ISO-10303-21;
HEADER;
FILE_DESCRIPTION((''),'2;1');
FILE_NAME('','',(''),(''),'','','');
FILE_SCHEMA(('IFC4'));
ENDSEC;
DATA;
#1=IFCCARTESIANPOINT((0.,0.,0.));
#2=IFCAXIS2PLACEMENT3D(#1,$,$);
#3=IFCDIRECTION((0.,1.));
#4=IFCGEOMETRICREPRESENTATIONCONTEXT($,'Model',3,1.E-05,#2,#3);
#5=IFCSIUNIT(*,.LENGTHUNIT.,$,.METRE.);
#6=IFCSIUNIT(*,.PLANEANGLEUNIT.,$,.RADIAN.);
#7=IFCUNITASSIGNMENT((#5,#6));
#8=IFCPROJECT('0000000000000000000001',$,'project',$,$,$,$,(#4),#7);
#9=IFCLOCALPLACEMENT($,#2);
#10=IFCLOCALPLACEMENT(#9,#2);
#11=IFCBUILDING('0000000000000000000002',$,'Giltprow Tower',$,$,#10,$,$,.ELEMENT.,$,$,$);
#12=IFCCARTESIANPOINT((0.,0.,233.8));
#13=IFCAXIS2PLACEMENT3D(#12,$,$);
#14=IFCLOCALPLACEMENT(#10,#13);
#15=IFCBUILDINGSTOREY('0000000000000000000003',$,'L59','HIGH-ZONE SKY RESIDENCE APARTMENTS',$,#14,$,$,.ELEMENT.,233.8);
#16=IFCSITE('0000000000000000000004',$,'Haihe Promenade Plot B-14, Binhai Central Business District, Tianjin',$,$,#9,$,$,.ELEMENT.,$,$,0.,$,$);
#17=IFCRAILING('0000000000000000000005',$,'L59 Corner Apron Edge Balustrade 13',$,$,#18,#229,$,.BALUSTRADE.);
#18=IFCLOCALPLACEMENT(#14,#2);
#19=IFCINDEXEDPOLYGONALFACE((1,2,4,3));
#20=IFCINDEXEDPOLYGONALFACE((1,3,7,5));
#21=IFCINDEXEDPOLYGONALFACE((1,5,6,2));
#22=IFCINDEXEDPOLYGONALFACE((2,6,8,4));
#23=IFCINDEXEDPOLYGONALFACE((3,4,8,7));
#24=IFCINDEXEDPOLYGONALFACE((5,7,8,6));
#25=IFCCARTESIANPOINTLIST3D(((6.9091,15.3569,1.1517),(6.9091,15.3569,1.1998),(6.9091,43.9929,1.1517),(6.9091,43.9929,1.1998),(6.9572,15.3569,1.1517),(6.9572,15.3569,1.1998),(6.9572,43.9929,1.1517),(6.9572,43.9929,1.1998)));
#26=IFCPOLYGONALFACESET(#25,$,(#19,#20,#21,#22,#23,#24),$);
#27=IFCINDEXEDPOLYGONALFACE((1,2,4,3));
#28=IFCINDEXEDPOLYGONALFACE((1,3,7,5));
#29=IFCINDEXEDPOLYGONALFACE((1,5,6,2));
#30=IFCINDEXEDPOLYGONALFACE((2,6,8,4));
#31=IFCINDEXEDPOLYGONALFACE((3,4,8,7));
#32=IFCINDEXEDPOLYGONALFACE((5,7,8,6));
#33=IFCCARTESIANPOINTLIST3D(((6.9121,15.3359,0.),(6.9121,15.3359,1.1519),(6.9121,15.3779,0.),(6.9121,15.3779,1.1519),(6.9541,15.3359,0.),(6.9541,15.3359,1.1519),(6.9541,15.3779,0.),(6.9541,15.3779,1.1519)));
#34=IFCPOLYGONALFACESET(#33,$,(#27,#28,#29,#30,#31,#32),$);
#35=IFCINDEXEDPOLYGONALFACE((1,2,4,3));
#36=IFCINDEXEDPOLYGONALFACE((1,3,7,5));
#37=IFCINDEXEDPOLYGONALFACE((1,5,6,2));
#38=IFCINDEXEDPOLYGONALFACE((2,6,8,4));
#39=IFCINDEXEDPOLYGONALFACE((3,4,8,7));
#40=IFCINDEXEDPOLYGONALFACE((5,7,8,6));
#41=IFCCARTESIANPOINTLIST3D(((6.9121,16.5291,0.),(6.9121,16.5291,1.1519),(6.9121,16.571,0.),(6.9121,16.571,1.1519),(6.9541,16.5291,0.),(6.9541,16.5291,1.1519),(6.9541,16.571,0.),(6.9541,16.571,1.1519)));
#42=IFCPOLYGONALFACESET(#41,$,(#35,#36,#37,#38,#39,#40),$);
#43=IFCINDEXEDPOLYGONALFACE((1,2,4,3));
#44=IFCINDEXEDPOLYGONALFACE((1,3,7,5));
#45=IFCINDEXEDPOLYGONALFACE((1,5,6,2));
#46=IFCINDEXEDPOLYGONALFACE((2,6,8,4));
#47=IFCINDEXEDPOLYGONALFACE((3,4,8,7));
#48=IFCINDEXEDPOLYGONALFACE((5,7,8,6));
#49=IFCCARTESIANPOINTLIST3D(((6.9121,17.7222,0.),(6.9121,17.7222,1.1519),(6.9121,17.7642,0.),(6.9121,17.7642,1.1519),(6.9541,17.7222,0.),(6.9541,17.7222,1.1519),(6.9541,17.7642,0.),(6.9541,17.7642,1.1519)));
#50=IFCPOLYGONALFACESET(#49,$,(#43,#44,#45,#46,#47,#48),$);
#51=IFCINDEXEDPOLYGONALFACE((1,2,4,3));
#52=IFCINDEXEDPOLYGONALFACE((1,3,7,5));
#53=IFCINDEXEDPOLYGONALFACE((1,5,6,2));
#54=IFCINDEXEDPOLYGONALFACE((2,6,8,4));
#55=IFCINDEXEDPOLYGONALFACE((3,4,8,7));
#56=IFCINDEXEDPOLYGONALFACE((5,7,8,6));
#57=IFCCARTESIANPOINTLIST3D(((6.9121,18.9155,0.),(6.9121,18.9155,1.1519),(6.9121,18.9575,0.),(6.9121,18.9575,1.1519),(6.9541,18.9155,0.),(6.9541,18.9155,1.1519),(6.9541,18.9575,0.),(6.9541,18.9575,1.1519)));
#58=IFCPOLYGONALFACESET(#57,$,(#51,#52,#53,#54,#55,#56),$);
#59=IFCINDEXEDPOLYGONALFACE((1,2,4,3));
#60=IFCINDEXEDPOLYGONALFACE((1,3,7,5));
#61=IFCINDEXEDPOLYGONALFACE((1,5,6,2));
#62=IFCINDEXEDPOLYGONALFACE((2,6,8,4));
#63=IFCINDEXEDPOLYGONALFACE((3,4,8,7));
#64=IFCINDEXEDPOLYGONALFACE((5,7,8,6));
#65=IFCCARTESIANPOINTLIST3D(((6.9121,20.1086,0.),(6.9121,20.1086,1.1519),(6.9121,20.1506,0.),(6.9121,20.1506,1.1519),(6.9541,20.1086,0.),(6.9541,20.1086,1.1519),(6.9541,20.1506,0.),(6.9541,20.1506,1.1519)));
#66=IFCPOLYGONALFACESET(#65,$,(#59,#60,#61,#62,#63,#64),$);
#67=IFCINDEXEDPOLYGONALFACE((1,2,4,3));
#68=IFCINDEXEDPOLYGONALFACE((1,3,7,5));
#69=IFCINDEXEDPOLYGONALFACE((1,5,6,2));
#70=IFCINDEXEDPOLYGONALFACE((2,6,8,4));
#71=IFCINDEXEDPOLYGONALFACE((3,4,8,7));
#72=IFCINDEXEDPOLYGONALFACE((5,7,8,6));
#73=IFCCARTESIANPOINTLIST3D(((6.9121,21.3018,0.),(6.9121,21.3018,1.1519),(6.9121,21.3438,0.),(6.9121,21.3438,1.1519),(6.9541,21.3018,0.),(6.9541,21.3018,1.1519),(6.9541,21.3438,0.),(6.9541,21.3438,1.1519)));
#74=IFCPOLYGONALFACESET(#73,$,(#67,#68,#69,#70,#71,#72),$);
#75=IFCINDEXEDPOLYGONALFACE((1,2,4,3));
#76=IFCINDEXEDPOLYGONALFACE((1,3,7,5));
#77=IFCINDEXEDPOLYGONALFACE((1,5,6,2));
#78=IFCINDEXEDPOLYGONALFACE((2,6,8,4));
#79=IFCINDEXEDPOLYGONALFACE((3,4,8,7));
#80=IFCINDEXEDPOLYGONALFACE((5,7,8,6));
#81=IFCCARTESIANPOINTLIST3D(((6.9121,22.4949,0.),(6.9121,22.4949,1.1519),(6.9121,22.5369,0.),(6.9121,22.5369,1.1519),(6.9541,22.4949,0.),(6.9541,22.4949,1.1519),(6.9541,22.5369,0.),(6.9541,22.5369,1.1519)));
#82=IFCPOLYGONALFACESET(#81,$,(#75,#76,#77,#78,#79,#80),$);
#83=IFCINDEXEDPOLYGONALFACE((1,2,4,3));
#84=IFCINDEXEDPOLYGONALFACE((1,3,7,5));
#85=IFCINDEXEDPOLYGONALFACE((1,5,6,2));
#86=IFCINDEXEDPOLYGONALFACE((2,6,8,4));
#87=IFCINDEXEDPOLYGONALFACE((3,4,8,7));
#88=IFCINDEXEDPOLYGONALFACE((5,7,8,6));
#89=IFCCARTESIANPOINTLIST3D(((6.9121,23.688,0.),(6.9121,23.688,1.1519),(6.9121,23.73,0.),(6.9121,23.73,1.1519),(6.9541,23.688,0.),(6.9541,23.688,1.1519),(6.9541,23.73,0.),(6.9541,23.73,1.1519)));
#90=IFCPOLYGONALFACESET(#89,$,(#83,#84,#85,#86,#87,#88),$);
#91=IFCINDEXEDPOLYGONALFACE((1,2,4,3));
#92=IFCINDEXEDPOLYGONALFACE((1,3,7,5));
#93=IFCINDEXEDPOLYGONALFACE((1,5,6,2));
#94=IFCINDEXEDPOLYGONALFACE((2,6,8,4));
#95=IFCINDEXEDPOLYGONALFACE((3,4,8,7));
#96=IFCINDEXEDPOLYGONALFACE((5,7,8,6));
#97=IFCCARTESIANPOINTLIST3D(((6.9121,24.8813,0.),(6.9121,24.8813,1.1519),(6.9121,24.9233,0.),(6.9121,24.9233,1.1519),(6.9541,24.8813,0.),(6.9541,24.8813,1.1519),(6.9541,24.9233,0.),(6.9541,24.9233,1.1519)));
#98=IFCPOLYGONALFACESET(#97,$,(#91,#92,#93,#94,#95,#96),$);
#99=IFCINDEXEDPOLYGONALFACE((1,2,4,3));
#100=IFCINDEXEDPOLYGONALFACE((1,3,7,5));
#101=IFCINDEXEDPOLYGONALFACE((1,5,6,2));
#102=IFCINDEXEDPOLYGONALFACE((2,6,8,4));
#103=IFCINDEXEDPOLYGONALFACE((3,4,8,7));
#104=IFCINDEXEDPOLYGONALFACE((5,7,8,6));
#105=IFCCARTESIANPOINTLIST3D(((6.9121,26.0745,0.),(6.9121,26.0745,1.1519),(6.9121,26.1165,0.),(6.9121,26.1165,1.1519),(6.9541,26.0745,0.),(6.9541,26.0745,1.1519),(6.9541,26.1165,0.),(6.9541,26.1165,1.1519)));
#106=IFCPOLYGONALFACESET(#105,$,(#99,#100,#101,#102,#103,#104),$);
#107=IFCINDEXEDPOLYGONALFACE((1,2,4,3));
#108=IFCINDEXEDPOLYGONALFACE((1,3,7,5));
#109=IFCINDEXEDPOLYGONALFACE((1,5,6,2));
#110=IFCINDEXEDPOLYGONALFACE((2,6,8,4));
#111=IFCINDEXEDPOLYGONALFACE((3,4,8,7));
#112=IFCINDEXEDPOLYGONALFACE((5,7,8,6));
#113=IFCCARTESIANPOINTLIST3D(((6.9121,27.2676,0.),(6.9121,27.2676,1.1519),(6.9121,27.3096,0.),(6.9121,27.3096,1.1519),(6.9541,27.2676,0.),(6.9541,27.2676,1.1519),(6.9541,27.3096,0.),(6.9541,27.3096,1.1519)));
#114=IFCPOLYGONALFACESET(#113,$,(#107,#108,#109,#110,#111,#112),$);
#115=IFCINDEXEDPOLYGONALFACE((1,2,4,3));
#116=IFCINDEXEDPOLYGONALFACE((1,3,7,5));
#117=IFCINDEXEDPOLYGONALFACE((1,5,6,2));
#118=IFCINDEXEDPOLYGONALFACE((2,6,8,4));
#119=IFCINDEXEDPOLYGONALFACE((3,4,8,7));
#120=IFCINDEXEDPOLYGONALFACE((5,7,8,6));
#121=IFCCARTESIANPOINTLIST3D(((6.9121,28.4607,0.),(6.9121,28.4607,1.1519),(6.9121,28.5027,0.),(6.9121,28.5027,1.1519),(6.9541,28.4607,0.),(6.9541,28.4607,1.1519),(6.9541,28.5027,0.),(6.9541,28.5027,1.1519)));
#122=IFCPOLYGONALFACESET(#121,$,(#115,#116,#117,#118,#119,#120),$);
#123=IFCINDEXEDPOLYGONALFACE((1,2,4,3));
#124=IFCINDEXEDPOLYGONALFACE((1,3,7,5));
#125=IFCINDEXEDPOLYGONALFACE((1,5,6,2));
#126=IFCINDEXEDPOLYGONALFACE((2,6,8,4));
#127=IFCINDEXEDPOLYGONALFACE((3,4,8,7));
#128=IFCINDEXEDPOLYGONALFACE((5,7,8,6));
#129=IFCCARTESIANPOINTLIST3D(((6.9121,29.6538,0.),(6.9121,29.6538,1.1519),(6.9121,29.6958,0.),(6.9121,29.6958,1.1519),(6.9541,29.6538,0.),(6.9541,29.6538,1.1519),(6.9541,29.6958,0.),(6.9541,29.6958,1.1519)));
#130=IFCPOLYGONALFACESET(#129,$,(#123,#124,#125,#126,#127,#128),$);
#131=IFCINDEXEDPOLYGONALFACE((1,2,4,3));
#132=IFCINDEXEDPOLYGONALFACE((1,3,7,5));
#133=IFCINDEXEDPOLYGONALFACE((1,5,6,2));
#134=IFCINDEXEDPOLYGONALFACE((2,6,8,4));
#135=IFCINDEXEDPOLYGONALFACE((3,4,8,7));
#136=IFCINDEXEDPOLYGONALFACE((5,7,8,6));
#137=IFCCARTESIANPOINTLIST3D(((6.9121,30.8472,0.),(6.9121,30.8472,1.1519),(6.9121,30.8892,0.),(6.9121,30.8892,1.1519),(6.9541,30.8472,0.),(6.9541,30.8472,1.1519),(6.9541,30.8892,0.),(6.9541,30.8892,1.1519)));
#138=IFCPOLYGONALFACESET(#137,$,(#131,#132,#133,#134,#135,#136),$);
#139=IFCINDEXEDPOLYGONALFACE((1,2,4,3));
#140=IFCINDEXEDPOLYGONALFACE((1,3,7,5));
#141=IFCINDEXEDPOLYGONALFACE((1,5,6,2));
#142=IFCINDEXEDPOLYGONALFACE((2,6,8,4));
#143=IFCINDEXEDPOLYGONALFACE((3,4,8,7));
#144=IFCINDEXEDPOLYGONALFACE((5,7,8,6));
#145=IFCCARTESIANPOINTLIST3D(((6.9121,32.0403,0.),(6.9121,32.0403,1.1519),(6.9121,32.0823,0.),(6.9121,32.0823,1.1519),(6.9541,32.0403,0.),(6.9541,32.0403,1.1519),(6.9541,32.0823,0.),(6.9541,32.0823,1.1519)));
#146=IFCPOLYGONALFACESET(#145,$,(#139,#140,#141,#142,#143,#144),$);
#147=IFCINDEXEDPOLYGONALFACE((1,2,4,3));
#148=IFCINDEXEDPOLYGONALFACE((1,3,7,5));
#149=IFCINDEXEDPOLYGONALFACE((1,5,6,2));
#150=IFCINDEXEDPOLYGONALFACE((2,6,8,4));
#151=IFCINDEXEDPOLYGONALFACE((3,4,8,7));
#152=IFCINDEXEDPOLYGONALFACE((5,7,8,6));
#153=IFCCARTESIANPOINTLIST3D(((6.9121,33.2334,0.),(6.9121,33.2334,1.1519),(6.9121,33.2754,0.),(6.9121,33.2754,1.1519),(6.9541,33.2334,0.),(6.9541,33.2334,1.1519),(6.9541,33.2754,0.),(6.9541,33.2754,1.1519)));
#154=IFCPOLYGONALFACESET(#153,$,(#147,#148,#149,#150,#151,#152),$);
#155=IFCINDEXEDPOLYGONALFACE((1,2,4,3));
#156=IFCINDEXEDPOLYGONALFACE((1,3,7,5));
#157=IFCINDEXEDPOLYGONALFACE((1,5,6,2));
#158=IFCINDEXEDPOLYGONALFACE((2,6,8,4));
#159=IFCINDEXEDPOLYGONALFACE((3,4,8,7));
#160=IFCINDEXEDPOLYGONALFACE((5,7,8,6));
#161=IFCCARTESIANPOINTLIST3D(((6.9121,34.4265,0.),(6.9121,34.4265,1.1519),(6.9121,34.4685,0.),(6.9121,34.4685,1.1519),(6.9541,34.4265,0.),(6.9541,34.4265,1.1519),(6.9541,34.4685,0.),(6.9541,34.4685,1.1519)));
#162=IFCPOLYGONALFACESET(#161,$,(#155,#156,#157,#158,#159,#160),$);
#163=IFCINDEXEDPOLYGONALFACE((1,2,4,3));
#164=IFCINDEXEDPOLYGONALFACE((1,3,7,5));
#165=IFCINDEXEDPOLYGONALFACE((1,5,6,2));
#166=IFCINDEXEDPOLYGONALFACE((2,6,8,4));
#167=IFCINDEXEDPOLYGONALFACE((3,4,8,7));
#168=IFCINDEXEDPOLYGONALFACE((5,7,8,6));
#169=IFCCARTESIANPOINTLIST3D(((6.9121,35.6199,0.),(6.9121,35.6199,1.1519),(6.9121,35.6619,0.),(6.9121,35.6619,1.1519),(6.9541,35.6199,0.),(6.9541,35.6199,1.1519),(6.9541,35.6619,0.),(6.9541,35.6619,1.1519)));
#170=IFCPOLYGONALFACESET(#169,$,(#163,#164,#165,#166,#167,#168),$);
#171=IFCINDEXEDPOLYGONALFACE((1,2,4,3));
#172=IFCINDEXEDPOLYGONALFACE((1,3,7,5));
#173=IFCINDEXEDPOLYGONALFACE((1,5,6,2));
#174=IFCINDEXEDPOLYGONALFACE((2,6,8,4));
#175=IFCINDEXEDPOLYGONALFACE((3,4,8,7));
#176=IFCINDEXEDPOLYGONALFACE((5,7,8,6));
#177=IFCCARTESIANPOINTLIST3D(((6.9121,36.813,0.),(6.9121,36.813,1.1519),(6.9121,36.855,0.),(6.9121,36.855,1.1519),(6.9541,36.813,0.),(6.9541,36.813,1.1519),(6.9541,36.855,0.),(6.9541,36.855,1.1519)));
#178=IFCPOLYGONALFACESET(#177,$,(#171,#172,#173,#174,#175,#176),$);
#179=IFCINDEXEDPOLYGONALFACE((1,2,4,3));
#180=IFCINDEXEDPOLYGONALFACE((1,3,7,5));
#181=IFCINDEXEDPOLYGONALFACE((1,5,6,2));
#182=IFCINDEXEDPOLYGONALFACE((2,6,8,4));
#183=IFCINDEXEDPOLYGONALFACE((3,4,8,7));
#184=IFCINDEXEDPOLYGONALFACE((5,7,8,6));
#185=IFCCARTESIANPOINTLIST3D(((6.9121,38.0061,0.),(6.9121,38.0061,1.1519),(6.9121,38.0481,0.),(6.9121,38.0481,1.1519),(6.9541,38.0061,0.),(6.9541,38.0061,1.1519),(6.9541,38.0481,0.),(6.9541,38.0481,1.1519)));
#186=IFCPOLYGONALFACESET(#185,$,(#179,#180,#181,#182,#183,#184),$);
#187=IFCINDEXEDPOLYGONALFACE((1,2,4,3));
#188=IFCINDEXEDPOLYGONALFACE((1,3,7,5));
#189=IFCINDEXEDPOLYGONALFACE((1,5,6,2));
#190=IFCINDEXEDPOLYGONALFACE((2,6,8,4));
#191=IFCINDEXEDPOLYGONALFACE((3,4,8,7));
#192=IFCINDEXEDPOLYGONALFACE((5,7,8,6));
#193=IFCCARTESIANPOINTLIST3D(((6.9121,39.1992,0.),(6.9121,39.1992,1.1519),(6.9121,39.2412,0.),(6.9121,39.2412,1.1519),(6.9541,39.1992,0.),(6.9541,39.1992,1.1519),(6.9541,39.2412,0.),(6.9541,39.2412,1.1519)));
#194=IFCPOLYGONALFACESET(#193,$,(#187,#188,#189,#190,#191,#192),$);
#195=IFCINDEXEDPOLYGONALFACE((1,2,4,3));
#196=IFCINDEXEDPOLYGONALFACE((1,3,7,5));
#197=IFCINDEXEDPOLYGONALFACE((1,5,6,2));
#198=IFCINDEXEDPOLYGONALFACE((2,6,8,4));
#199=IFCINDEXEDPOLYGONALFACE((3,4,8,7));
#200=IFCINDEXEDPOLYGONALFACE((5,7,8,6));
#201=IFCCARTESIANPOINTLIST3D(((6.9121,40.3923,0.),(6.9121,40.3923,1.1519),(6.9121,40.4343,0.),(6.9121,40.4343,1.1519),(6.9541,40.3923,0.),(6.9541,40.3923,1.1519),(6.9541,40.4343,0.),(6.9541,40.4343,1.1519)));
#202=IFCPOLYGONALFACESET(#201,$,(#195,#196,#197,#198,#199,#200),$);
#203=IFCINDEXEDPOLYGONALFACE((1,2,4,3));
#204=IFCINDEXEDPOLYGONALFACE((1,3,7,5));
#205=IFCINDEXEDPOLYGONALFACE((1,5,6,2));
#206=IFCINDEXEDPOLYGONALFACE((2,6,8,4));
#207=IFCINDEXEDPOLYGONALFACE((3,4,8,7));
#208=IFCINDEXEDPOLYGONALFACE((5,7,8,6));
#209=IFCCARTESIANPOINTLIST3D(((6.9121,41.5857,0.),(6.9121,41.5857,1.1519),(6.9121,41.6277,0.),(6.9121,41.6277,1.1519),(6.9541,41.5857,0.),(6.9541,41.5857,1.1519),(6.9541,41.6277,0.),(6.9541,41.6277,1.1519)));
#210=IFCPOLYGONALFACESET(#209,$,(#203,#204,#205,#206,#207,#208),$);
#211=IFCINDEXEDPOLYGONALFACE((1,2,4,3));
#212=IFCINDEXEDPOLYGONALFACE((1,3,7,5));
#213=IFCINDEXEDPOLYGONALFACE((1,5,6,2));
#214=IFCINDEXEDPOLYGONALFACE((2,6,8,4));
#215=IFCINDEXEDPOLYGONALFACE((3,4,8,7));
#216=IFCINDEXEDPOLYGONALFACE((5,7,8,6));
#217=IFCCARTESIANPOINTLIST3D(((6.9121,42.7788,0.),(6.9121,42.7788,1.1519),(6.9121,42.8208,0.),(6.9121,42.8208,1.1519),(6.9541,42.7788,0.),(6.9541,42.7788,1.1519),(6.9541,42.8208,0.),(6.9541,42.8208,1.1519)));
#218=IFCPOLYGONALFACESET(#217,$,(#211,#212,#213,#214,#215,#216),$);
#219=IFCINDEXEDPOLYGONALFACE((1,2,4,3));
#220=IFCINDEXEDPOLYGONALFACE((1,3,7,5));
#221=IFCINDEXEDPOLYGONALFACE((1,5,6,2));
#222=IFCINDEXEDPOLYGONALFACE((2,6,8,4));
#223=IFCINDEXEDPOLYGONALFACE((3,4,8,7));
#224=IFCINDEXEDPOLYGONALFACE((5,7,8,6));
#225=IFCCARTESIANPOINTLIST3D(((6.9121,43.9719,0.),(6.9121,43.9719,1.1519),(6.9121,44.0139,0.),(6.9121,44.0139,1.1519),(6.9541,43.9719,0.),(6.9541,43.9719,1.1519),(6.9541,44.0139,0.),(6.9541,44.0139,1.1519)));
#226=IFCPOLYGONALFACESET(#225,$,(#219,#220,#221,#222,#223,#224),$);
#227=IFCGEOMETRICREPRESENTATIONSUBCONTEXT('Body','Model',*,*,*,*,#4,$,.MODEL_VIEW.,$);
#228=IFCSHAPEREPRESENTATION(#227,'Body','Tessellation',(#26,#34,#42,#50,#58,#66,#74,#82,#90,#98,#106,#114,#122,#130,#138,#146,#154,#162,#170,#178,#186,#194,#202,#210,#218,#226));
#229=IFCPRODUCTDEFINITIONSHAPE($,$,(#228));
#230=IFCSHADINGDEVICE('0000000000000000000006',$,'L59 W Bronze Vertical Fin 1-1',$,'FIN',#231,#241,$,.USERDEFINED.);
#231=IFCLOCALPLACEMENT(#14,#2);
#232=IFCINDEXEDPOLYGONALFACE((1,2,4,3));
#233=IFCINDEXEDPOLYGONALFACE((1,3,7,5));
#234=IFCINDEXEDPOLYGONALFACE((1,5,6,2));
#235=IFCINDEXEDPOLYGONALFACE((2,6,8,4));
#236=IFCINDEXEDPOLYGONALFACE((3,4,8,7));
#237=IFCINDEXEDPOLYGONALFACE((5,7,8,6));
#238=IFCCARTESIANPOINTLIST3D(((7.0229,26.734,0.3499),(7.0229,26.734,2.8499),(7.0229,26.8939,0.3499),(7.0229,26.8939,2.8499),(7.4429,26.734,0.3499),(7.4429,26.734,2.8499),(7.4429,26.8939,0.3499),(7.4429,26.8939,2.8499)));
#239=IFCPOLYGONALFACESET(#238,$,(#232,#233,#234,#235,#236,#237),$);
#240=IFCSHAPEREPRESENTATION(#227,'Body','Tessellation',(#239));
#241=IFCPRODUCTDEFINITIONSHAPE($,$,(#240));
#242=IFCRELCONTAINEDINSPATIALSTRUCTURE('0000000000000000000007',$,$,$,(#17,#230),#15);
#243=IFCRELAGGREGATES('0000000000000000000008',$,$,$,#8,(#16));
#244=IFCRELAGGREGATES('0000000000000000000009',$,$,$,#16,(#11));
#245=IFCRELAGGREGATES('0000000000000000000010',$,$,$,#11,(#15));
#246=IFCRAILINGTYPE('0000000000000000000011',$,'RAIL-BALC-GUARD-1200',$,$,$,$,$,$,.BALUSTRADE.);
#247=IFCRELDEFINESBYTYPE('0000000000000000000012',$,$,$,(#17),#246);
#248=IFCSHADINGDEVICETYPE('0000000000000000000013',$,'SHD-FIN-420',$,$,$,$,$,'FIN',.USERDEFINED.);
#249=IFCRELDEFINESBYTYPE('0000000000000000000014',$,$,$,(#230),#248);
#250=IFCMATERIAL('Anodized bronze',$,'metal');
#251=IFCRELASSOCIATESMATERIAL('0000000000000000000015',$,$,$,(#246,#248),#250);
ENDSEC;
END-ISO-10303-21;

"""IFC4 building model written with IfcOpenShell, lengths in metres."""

from ifc_helpers import new_model, si_unit, direction, frame, origin, origin_2d, place, context, subcontext, project, spatial, rectangle, extrude, source, transform, mapped, material, type_object, element, save


model = new_model("IFC4")

# Units and contexts
model_context = context("Model", 3, precision=1e-05, world=origin(), true_north=direction((0.0, 1.0)))
body_context = subcontext(model_context, "Body", "Model", "MODEL_VIEW")
ifc_project = project(units=[si_unit("LENGTHUNIT", "METRE"), si_unit("PLANEANGLEUNIT", "RADIAN")], contexts=[model_context])

# Site, building, storey
site_placement = place(None, origin())
site = spatial("IfcSite", under=ifc_project, at=site_placement, Name="Haihe Promenade Plot B-14, Binhai Central Business District, Tianjin", CompositionType="ELEMENT", RefElevation=0.0)
building_placement = place(site_placement, origin())
building = spatial("IfcBuilding", under=site, at=building_placement, Name="Giltprow Tower", CompositionType="ELEMENT")
storey_placement = place(building_placement, frame((0.0, 0.0, 233.8)))
storey = spatial("IfcBuildingStorey", under=building, at=storey_placement, Name="L59", Description="HIGH-ZONE SKY RESIDENCE APARTMENTS", CompositionType="ELEMENT", Elevation=233.8)

# Shared definitions
ifc_material_1 = material(Name="Anodized bronze", Category="metal")

# Railing
railing_type = type_object("IfcRailingType", Name="RAIL-BALC-GUARD-1200", PredefinedType="BALUSTRADE", material=ifc_material_1)
railing_1_placement = place(storey_placement, frame((6.9331, 15.3569, 0.0)))
element("IfcRailing", 1, at=railing_1_placement, inside=storey, type_object=railing_type, Name="L59 Corner Apron Edge Balustrade 13", PredefinedType="BALUSTRADE", context=body_context, shape_type="SweptSolid", body=[
    extrude(rectangle(XDim=0.0481, YDim=0.0481, at=origin_2d()), frame((0.0, 0.0, 1.1758), z_axis=(0.0, 1.0, 0.0), x_axis=(-1.0, 0.0, 0.0)), (0.0, 0.0, 1.0), 28.636),
    extrude(rectangle(XDim=0.042, YDim=0.042, at=origin_2d()), origin(), (0.0, 0.0, 1.0), 1.1519),
    extrude(rectangle(XDim=0.042, YDim=0.042, at=origin_2d()), frame((0.0, 1.1931, 0.0)), (0.0, 0.0, 1.0), 1.1519),
    extrude(rectangle(XDim=0.042, YDim=0.042, at=origin_2d()), frame((0.0, 2.3862, 0.0)), (0.0, 0.0, 1.0), 1.1519),
    extrude(rectangle(XDim=0.042, YDim=0.042, at=origin_2d()), frame((0.0, 3.5796, 0.0)), (0.0, 0.0, 1.0), 1.1519),
    extrude(rectangle(XDim=0.042, YDim=0.042, at=origin_2d()), frame((0.0, 4.7727, 0.0)), (0.0, 0.0, 1.0), 1.1519),
    extrude(rectangle(XDim=0.042, YDim=0.042, at=origin_2d()), frame((0.0, 5.9658, 0.0)), (0.0, 0.0, 1.0), 1.1519),
    extrude(rectangle(XDim=0.042, YDim=0.042, at=origin_2d()), frame((0.0, 7.1589, 0.0)), (0.0, 0.0, 1.0), 1.1519),
    extrude(rectangle(XDim=0.042, YDim=0.042, at=origin_2d()), frame((0.0, 8.3521, 0.0)), (0.0, 0.0, 1.0), 1.1519),
    extrude(rectangle(XDim=0.042, YDim=0.042, at=origin_2d()), frame((0.0, 9.5454, 0.0)), (0.0, 0.0, 1.0), 1.1519),
    extrude(rectangle(XDim=0.042, YDim=0.042, at=origin_2d()), frame((0.0, 10.7385, 0.0)), (0.0, 0.0, 1.0), 1.1519),
    extrude(rectangle(XDim=0.042, YDim=0.042, at=origin_2d()), frame((0.0, 11.9316, 0.0)), (0.0, 0.0, 1.0), 1.1519),
    extrude(rectangle(XDim=0.042, YDim=0.042, at=origin_2d()), frame((0.0, 13.1248, 0.0)), (0.0, 0.0, 1.0), 1.1519),
    extrude(rectangle(XDim=0.042, YDim=0.042, at=origin_2d()), frame((0.0, 14.3179, 0.0)), (0.0, 0.0, 1.0), 1.1519),
    extrude(rectangle(XDim=0.042, YDim=0.042, at=origin_2d()), frame((0.0, 15.5112, 0.0)), (0.0, 0.0, 1.0), 1.1519),
    extrude(rectangle(XDim=0.042, YDim=0.042, at=origin_2d()), frame((0.0, 16.7043, 0.0)), (0.0, 0.0, 1.0), 1.1519),
    extrude(rectangle(XDim=0.042, YDim=0.042, at=origin_2d()), frame((0.0, 17.8975, 0.0)), (0.0, 0.0, 1.0), 1.1519),
    extrude(rectangle(XDim=0.042, YDim=0.042, at=origin_2d()), frame((0.0, 19.0906, 0.0)), (0.0, 0.0, 1.0), 1.1519),
    extrude(rectangle(XDim=0.042, YDim=0.042, at=origin_2d()), frame((0.0, 20.2839, 0.0)), (0.0, 0.0, 1.0), 1.1519),
    extrude(rectangle(XDim=0.042, YDim=0.042, at=origin_2d()), frame((0.0, 21.4771, 0.0)), (0.0, 0.0, 1.0), 1.1519),
    extrude(rectangle(XDim=0.042, YDim=0.042, at=origin_2d()), frame((0.0, 22.6702, 0.0)), (0.0, 0.0, 1.0), 1.1519),
    extrude(rectangle(XDim=0.042, YDim=0.042, at=origin_2d()), frame((0.0, 23.8633, 0.0)), (0.0, 0.0, 1.0), 1.1519),
    extrude(rectangle(XDim=0.042, YDim=0.042, at=origin_2d()), frame((0.0, 25.0564, 0.0)), (0.0, 0.0, 1.0), 1.1519),
    extrude(rectangle(XDim=0.042, YDim=0.042, at=origin_2d()), frame((0.0, 26.2498, 0.0)), (0.0, 0.0, 1.0), 1.1519),
    extrude(rectangle(XDim=0.042, YDim=0.042, at=origin_2d()), frame((0.0, 27.4429, 0.0)), (0.0, 0.0, 1.0), 1.1519),
    extrude(rectangle(XDim=0.042, YDim=0.042, at=origin_2d()), frame((0.0, 28.636, 0.0)), (0.0, 0.0, 1.0), 1.1519),
])

# Shading device
shading_device_type = type_object("IfcShadingDeviceType", Name="SHD-FIN-420", ElementType="FIN", PredefinedType="USERDEFINED", material=ifc_material_1)
shared_shape_1 = source(origin(), body_context, "Body", "SweptSolid", [
    extrude(rectangle(XDim=0.4199, YDim=0.1599, at=origin_2d()), origin(), (0.0, 0.0, 1.0), 2.5),
])
shading_device_placement = place(storey_placement, frame((7.2329, 26.814, 0.3499), z_axis=(0.0, 0.0, 1.0), x_axis=(1.0, 0.0, 0.0)))
element("IfcShadingDevice", 2, at=shading_device_placement, inside=storey, type_object=shading_device_type, Name="L59 W Bronze Vertical Fin 1-1", ObjectType="FIN", PredefinedType="USERDEFINED", context=body_context, shape_type="MappedRepresentation", body=[
    mapped(shared_shape_1, transform((0.0, 0.0, 0.0), x_axis=(1.0, 0.0, 0.0), y_axis=(0.0, 1.0, 0.0), z_axis=(0.0, 0.0, 1.0), scale=1.0)),
])

save(model, "model.ifc")
